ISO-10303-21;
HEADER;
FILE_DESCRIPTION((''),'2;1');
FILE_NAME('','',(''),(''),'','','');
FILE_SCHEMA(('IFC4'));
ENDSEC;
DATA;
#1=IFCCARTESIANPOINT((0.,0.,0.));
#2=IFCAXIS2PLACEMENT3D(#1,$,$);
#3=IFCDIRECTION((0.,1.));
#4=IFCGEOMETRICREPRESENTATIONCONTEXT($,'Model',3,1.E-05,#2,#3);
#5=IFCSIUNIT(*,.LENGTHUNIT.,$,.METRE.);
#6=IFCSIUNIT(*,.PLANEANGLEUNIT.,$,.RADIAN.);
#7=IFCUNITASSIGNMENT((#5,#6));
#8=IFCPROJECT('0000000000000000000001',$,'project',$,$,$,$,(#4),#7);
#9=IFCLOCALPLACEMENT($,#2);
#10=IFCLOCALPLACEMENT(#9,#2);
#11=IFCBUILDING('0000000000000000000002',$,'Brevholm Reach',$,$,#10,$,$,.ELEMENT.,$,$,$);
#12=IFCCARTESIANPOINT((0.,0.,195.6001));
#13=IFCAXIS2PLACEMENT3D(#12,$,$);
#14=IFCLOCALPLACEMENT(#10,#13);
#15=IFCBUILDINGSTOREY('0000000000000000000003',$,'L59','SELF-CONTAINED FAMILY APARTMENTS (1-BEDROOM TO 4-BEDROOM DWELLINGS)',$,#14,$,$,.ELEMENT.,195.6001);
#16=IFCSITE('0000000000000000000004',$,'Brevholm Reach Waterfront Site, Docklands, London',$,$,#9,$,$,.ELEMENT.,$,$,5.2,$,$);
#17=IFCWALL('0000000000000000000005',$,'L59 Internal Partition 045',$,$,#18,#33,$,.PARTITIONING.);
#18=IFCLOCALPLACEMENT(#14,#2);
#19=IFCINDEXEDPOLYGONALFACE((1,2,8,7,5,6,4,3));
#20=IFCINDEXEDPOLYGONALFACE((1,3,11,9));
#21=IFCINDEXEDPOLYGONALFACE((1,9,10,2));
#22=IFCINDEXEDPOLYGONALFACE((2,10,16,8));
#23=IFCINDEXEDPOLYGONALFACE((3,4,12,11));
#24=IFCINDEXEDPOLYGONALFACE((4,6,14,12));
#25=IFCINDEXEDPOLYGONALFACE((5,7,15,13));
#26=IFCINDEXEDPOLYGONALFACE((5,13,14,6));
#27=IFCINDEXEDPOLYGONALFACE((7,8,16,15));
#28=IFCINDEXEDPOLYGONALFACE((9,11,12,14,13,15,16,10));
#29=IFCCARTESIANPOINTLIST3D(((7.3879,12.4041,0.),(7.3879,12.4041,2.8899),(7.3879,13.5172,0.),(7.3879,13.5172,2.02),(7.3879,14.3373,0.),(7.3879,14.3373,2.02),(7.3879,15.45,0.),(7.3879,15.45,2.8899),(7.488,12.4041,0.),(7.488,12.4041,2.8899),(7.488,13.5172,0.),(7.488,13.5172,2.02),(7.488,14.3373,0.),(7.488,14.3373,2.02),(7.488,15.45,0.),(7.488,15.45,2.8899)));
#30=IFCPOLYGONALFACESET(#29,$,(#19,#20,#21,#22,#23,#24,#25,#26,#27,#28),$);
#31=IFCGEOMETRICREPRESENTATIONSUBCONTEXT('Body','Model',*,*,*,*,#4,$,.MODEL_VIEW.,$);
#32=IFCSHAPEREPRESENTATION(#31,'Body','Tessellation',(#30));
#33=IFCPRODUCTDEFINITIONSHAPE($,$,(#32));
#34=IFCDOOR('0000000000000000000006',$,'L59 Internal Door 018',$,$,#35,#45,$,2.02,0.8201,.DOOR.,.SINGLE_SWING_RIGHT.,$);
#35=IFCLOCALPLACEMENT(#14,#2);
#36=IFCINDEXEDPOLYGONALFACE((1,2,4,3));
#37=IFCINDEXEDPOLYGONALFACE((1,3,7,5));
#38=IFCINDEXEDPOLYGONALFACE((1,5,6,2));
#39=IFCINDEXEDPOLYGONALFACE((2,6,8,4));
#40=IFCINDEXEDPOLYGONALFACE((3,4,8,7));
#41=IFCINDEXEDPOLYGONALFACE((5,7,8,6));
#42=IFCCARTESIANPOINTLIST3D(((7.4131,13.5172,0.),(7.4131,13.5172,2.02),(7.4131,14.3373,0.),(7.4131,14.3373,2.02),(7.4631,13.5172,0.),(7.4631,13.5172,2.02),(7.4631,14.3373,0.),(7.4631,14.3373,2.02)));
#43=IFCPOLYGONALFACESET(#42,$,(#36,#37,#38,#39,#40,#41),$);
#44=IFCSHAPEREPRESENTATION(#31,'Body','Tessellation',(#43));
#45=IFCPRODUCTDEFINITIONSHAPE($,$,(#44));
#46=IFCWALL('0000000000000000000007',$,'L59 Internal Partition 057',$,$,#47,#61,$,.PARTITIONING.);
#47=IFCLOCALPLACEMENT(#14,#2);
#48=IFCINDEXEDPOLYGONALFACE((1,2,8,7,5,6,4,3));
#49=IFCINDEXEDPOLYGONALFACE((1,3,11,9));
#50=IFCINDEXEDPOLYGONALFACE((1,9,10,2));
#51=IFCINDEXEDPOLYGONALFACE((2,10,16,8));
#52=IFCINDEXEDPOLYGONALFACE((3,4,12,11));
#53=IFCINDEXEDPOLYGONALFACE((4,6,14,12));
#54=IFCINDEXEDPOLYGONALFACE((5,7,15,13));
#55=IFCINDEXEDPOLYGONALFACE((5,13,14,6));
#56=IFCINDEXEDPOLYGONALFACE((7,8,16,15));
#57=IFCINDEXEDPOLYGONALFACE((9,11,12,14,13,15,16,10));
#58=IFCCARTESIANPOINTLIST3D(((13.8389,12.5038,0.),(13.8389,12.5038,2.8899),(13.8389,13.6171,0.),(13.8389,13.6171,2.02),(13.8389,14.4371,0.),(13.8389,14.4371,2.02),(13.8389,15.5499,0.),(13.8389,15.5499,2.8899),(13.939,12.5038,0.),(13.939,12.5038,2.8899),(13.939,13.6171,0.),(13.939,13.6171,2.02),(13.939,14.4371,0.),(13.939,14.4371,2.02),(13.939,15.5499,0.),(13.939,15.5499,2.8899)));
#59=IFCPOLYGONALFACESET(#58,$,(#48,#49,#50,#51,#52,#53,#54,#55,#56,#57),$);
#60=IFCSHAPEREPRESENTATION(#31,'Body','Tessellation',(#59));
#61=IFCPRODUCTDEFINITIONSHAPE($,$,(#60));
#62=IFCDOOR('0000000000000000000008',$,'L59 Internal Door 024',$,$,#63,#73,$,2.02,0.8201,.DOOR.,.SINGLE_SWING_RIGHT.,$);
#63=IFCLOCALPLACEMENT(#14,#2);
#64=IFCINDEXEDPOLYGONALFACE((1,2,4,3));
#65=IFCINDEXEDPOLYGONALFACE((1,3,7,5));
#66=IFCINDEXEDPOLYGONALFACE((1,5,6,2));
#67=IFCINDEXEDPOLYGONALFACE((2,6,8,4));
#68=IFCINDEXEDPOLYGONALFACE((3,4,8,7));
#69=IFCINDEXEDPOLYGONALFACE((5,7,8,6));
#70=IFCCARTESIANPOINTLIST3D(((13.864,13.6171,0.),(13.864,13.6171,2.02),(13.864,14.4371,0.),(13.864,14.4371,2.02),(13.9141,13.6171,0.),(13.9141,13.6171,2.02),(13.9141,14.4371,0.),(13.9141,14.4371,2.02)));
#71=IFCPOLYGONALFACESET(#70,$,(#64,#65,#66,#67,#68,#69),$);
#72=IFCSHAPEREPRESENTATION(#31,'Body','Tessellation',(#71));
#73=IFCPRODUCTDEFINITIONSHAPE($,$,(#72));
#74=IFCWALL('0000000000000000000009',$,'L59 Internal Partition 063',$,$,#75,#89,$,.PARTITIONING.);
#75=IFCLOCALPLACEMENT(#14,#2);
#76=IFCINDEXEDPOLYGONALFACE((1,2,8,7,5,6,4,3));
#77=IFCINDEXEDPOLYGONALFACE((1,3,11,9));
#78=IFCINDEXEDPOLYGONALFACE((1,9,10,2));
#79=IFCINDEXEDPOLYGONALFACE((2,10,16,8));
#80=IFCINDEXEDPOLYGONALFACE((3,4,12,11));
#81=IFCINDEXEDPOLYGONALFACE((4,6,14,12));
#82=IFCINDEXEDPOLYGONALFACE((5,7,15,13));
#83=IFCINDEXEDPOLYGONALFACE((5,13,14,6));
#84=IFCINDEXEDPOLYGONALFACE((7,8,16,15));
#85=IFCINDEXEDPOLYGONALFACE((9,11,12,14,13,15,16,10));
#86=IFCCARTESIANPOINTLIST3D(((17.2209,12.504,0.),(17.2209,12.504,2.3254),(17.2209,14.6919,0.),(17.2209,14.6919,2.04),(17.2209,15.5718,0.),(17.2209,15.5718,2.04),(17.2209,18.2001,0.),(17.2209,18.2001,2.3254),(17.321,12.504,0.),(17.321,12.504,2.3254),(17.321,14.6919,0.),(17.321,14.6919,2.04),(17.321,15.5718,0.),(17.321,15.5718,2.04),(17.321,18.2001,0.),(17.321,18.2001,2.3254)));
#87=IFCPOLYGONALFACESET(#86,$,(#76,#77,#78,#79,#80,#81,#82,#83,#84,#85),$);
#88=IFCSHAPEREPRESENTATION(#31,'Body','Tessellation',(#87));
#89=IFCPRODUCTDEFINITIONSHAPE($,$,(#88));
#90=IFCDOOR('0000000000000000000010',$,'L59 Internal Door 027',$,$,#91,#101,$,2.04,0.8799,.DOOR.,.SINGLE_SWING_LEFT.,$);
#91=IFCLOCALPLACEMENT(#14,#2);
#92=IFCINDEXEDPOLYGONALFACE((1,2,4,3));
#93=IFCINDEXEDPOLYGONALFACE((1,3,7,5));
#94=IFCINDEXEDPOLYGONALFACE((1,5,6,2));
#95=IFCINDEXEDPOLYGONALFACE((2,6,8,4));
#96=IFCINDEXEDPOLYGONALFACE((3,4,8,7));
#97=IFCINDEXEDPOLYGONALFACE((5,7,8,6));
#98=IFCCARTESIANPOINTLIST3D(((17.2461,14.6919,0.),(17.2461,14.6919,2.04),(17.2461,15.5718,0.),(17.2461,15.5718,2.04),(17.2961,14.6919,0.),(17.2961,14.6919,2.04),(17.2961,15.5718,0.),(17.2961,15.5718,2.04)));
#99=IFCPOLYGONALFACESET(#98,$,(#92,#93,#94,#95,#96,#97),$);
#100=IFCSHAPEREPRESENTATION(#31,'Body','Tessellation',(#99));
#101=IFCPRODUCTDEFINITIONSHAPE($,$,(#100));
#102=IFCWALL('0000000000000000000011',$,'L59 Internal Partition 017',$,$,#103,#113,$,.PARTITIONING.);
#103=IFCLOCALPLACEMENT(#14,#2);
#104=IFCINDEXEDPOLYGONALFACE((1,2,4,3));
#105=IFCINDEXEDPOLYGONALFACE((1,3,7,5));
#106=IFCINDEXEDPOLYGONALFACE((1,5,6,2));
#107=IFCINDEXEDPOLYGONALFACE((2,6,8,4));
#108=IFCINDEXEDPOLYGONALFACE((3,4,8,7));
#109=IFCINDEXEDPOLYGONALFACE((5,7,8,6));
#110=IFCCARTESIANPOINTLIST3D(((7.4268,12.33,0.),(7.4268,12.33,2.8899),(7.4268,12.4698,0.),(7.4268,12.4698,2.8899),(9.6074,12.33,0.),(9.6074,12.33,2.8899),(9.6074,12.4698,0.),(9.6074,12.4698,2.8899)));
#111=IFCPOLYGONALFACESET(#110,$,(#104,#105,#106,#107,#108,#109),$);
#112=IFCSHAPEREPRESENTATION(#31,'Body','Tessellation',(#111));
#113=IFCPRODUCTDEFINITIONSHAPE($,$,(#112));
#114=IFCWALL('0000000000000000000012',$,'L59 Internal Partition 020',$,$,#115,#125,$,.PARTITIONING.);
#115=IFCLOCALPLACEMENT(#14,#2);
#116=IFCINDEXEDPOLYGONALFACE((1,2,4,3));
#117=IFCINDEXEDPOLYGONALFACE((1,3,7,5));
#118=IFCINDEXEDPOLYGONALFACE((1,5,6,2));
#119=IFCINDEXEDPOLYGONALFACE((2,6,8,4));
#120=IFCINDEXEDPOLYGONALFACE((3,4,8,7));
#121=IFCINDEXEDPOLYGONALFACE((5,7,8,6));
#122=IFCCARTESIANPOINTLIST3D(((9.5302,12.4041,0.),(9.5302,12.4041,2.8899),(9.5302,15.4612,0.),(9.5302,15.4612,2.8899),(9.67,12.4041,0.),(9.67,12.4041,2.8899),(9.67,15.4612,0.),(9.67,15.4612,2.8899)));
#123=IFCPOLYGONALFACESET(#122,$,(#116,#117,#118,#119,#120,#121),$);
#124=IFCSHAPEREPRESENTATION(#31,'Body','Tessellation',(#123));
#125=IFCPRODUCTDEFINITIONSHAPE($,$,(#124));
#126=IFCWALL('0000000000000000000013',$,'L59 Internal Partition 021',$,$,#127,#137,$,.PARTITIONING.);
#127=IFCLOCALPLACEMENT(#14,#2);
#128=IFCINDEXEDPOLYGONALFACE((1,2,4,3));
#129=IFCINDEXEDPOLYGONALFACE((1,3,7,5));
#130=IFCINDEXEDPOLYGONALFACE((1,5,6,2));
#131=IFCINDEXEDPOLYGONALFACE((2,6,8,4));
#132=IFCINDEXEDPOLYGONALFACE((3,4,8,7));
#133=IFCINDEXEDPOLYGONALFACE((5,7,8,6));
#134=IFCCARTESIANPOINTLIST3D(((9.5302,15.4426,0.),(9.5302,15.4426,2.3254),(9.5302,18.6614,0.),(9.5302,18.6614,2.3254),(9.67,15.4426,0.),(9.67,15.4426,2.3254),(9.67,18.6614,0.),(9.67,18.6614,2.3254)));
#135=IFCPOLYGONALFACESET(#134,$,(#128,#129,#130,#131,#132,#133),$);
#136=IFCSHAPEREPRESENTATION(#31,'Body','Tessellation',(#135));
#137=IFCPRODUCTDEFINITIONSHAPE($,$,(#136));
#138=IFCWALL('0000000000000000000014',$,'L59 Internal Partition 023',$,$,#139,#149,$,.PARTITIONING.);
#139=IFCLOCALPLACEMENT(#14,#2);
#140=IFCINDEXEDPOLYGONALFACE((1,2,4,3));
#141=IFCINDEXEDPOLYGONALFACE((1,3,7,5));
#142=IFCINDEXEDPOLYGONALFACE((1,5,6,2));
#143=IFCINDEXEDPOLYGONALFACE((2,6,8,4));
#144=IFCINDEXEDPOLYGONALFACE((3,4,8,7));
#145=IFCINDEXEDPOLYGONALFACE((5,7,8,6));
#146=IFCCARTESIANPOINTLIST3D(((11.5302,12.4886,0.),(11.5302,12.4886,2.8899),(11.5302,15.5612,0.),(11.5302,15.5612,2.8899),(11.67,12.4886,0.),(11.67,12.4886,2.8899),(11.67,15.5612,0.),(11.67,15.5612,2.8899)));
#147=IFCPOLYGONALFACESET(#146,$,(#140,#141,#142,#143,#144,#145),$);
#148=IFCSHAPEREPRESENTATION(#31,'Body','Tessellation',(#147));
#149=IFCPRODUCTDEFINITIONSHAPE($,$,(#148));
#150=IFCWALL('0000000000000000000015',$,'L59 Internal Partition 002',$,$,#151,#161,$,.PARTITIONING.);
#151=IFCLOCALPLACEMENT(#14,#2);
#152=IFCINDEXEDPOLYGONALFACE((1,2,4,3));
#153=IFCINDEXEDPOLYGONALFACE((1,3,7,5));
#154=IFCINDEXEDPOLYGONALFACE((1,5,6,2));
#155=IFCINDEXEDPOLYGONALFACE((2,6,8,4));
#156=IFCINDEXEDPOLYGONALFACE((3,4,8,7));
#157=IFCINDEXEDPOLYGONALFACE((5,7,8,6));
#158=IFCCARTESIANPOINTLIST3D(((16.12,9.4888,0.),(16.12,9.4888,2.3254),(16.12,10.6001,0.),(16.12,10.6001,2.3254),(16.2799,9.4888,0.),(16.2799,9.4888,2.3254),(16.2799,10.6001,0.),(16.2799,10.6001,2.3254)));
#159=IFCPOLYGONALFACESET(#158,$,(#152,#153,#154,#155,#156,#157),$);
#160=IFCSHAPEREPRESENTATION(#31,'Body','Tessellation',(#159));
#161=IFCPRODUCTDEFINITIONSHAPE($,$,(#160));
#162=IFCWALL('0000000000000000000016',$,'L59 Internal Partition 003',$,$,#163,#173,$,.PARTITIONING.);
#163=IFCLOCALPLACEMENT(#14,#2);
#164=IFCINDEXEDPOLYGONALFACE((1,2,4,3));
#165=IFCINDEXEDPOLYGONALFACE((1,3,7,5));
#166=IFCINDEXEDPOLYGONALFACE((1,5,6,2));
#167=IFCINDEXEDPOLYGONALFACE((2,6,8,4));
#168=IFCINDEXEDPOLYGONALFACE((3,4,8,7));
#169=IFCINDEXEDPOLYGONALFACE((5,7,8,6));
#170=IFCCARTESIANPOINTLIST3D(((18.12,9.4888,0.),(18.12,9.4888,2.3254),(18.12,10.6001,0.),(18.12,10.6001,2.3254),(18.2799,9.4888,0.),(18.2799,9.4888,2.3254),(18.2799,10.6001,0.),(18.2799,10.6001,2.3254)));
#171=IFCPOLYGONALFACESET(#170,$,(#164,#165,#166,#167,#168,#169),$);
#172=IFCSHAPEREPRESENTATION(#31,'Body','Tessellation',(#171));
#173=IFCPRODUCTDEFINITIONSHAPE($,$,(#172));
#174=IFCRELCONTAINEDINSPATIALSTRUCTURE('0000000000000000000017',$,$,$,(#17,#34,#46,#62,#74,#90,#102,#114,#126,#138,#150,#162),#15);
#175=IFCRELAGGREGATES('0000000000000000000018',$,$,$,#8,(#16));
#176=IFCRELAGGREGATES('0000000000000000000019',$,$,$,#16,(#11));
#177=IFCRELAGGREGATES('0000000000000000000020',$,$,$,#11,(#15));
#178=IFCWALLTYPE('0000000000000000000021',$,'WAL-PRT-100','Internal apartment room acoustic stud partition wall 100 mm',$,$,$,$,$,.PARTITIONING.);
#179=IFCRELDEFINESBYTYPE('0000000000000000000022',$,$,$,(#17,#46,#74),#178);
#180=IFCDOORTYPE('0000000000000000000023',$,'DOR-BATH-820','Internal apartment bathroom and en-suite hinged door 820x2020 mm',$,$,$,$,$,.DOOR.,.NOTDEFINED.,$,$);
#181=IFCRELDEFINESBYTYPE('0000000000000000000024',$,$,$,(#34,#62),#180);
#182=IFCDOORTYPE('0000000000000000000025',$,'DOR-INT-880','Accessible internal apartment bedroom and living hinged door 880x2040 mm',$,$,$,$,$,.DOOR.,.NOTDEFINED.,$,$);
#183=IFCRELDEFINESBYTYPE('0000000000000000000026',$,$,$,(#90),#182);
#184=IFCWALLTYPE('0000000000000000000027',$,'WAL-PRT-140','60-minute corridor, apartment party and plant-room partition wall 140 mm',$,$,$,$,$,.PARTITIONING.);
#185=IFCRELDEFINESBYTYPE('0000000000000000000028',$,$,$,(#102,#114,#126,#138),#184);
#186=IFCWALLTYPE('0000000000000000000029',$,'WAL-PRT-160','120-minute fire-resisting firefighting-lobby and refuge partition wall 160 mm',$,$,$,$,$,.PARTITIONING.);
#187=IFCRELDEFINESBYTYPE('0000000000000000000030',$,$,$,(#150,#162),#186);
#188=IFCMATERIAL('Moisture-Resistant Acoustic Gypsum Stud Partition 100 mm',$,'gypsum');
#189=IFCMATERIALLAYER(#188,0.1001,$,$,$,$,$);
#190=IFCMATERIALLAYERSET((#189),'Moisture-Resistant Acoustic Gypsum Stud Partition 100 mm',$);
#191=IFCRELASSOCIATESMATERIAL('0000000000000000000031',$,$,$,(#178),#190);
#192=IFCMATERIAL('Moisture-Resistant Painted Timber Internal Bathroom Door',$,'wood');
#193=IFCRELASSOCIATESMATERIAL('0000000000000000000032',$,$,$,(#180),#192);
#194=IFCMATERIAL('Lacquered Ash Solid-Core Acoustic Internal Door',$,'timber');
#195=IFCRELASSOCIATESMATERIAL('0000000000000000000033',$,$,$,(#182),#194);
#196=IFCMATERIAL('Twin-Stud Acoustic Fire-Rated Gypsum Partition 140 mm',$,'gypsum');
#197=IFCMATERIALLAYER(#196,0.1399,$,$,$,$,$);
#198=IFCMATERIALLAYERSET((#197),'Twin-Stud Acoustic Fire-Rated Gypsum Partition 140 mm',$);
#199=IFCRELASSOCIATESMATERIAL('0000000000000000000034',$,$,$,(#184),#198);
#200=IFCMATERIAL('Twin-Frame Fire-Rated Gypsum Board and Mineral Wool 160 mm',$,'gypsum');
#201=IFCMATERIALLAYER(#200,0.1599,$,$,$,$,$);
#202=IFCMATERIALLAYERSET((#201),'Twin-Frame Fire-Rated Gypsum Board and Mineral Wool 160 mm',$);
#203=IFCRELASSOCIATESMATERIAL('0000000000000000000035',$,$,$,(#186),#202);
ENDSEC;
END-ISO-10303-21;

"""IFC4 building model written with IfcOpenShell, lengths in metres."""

from ifc_helpers import new_model, si_unit, direction, frame, frame_2d, origin, place, context, subcontext, project, spatial, rectangle, extrude, material, layer, layer_set, type_object, element, fill, save


model = new_model("IFC4")

# Units and contexts
model_context = context("Model", 3, precision=1e-05, world=origin(), true_north=direction((0.0, 1.0)))
body_context = subcontext(model_context, "Body", "Model", "MODEL_VIEW")
ifc_project = project(units=[si_unit("LENGTHUNIT", "METRE"), si_unit("PLANEANGLEUNIT", "RADIAN")], contexts=[model_context])

# Site, building, storey
site_placement = place(None, origin())
site = spatial("IfcSite", under=ifc_project, at=site_placement, Name="Brevholm Reach Waterfront Site, Docklands, London", CompositionType="ELEMENT", RefElevation=5.2)
building_placement = place(site_placement, origin())
building = spatial("IfcBuilding", under=site, at=building_placement, Name="Brevholm Reach", CompositionType="ELEMENT")
storey_placement = place(building_placement, frame((0.0, 0.0, 195.6001)))
storey = spatial("IfcBuildingStorey", under=building, at=storey_placement, Name="L59", Description="SELF-CONTAINED FAMILY APARTMENTS (1-BEDROOM TO 4-BEDROOM DWELLINGS)", CompositionType="ELEMENT", Elevation=195.6001)

# Walls, openings, doors
ifc_material_1 = material(Name="Moisture-Resistant Acoustic Gypsum Stud Partition 100 mm", Category="gypsum")
ifc_layer_1 = layer(ifc_material_1, 0.1001)
ifc_layer_set_1 = layer_set([ifc_layer_1], Name="Moisture-Resistant Acoustic Gypsum Stud Partition 100 mm")
wall_type_1 = type_object("IfcWallType", Name="WAL-PRT-100", Description="Internal apartment room acoustic stud partition wall 100 mm", PredefinedType="PARTITIONING", material=ifc_layer_set_1)
wall_1_placement = place(storey_placement, frame((7.438, 12.4041, 0.0), z_axis=(0.0, 0.0, 1.0), x_axis=(0.0, 1.0, 0.0)))
wall_1 = element("IfcWall", 1, at=wall_1_placement, inside=storey, type_object=wall_type_1, Name="L59 Internal Partition 045", PredefinedType="PARTITIONING", context=body_context, shape_type="SweptSolid", body=[
    extrude(rectangle(XDim=3.0459, YDim=0.1001, at=frame_2d((1.5229, 0.0))), origin(), (0.0, 0.0, 1.0), 2.8899),
])
opening_1_placement = place(wall_1_placement, frame((1.113, 0.0, 0.0)))
opening_1 = element("IfcOpeningElement", 2, at=opening_1_placement, cuts=wall_1, PredefinedType="OPENING", context=body_context, shape_type="SweptSolid", body=[
    extrude(rectangle(XDim=0.8201, YDim=2.02, at=frame_2d((0.4102, 1.01))), frame((0.0, 0.0601, 0.0), z_axis=(0.0, -1.0, 0.0), x_axis=(1.0, 0.0, 0.0)), (0.0, 0.0, 1.0), 0.1201),
])
ifc_material_2 = material(Name="Moisture-Resistant Painted Timber Internal Bathroom Door", Category="wood")
door_type_1 = type_object("IfcDoorType", Name="DOR-BATH-820", Description="Internal apartment bathroom and en-suite hinged door 820x2020 mm", OperationType="NOTDEFINED", PredefinedType="DOOR", material=ifc_material_2)
door_1_placement = place(opening_1_placement, origin())
door_1 = element("IfcDoor", 3, at=door_1_placement, inside=storey, type_object=door_type_1, Name="L59 Internal Door 018", OperationType="SINGLE_SWING_RIGHT", OverallHeight=2.02, OverallWidth=0.8201, PredefinedType="DOOR", context=body_context, shape_type="SweptSolid", body=[
    extrude(rectangle(XDim=0.8201, YDim=2.02, at=frame_2d((0.4102, 1.01))), frame((0.0, 0.0249, 0.0), z_axis=(0.0, -1.0, 0.0), x_axis=(1.0, 0.0, 0.0)), (0.0, 0.0, 1.0), 0.05),
])
fill(opening_1, door_1)
wall_2_placement = place(storey_placement, frame((13.8889, 12.5039, 0.0), z_axis=(0.0, 0.0, 1.0), x_axis=(0.0, 1.0, 0.0)))
wall_2 = element("IfcWall", 4, at=wall_2_placement, inside=storey, type_object=wall_type_1, Name="L59 Internal Partition 057", PredefinedType="PARTITIONING", context=body_context, shape_type="SweptSolid", body=[
    extrude(rectangle(XDim=3.0461, YDim=0.1001, at=frame_2d((1.5229, 0.0))), origin(), (0.0, 0.0, 1.0), 2.8899),
])
opening_2_placement = place(wall_2_placement, frame((1.113, 0.0, 0.0)))
opening_2 = element("IfcOpeningElement", 5, at=opening_2_placement, cuts=wall_2, PredefinedType="OPENING", context=body_context, shape_type="SweptSolid", body=[
    extrude(rectangle(XDim=0.8201, YDim=2.02, at=frame_2d((0.4102, 1.01))), frame((0.0, 0.0601, 0.0), z_axis=(0.0, -1.0, 0.0), x_axis=(1.0, 0.0, 0.0)), (0.0, 0.0, 1.0), 0.1201),
])
door_2_placement = place(opening_2_placement, origin())
door_2 = element("IfcDoor", 6, at=door_2_placement, inside=storey, type_object=door_type_1, Name="L59 Internal Door 024", OperationType="SINGLE_SWING_RIGHT", OverallHeight=2.02, OverallWidth=0.8201, PredefinedType="DOOR", context=body_context, shape_type="SweptSolid", body=[
    extrude(rectangle(XDim=0.8201, YDim=2.02, at=frame_2d((0.4102, 1.01))), frame((0.0, 0.0249, 0.0), z_axis=(0.0, -1.0, 0.0), x_axis=(1.0, 0.0, 0.0)), (0.0, 0.0, 1.0), 0.05),
])
fill(opening_2, door_2)
wall_3_placement = place(storey_placement, frame((17.271, 12.5039, 0.0), z_axis=(0.0, 0.0, 1.0), x_axis=(0.0, 1.0, 0.0)))
wall_3 = element("IfcWall", 7, at=wall_3_placement, inside=storey, type_object=wall_type_1, Name="L59 Internal Partition 063", PredefinedType="PARTITIONING", context=body_context, shape_type="SweptSolid", body=[
    extrude(rectangle(XDim=5.696, YDim=0.1001, at=frame_2d((2.8481, 0.0))), origin(), (0.0, 0.0, 1.0), 2.3254),
])
opening_3_placement = place(wall_3_placement, frame((2.188, 0.0, 0.0)))
opening_3 = element("IfcOpeningElement", 8, at=opening_3_placement, cuts=wall_3, PredefinedType="OPENING", context=body_context, shape_type="SweptSolid", body=[
    extrude(rectangle(XDim=0.8799, YDim=2.04, at=frame_2d((0.4399, 1.02))), frame((0.0, 0.0601, 0.0), z_axis=(0.0, -1.0, 0.0), x_axis=(1.0, 0.0, 0.0)), (0.0, 0.0, 1.0), 0.1201),
])
ifc_material_3 = material(Name="Lacquered Ash Solid-Core Acoustic Internal Door", Category="timber")
door_type_2 = type_object("IfcDoorType", Name="DOR-INT-880", Description="Accessible internal apartment bedroom and living hinged door 880x2040 mm", OperationType="NOTDEFINED", PredefinedType="DOOR", material=ifc_material_3)
door_3_placement = place(opening_3_placement, origin())
door_3 = element("IfcDoor", 9, at=door_3_placement, inside=storey, type_object=door_type_2, Name="L59 Internal Door 027", OperationType="SINGLE_SWING_LEFT", OverallHeight=2.04, OverallWidth=0.8799, PredefinedType="DOOR", context=body_context, shape_type="SweptSolid", body=[
    extrude(rectangle(XDim=0.8799, YDim=2.04, at=frame_2d((0.4399, 1.02))), frame((0.0, 0.0249, 0.0), z_axis=(0.0, -1.0, 0.0), x_axis=(1.0, 0.0, 0.0)), (0.0, 0.0, 1.0), 0.05),
])
fill(opening_3, door_3)

# Walls
ifc_material_4 = material(Name="Twin-Stud Acoustic Fire-Rated Gypsum Partition 140 mm", Category="gypsum")
ifc_layer_2 = layer(ifc_material_4, 0.1399)
ifc_layer_set_2 = layer_set([ifc_layer_2], Name="Twin-Stud Acoustic Fire-Rated Gypsum Partition 140 mm")
wall_type_2 = type_object("IfcWallType", Name="WAL-PRT-140", Description="60-minute corridor, apartment party and plant-room partition wall 140 mm", PredefinedType="PARTITIONING", material=ifc_layer_set_2)
wall_4_placement = place(storey_placement, frame((7.4268, 12.3999, 0.0), z_axis=(0.0, 0.0, 1.0), x_axis=(1.0, 0.0, 0.0)))
element("IfcWall", 10, at=wall_4_placement, inside=storey, type_object=wall_type_2, Name="L59 Internal Partition 017", PredefinedType="PARTITIONING", context=body_context, shape_type="SweptSolid", body=[
    extrude(rectangle(XDim=2.1807, YDim=0.1399, at=frame_2d((1.0903, 0.0))), origin(), (0.0, 0.0, 1.0), 2.8899),
])
wall_5_placement = place(storey_placement, frame((9.6001, 12.4041, 0.0), z_axis=(0.0, 0.0, 1.0), x_axis=(0.0, 1.0, 0.0)))
element("IfcWall", 11, at=wall_5_placement, inside=storey, type_object=wall_type_2, Name="L59 Internal Partition 020", PredefinedType="PARTITIONING", context=body_context, shape_type="SweptSolid", body=[
    extrude(rectangle(XDim=3.0571, YDim=0.1399, at=frame_2d((1.5286, 0.0))), origin(), (0.0, 0.0, 1.0), 2.8899),
])
wall_6_placement = place(storey_placement, frame((9.6001, 15.4426, 0.0), z_axis=(0.0, 0.0, 1.0), x_axis=(0.0, 1.0, 0.0)))
element("IfcWall", 12, at=wall_6_placement, inside=storey, type_object=wall_type_2, Name="L59 Internal Partition 021", PredefinedType="PARTITIONING", context=body_context, shape_type="SweptSolid", body=[
    extrude(rectangle(XDim=3.2188, YDim=0.1399, at=frame_2d((1.6094, 0.0))), origin(), (0.0, 0.0, 1.0), 2.3254),
])
wall_7_placement = place(storey_placement, frame((11.6001, 12.4888, 0.0), z_axis=(0.0, 0.0, 1.0), x_axis=(0.0, 1.0, 0.0)))
element("IfcWall", 13, at=wall_7_placement, inside=storey, type_object=wall_type_2, Name="L59 Internal Partition 023", PredefinedType="PARTITIONING", context=body_context, shape_type="SweptSolid", body=[
    extrude(rectangle(XDim=3.0725, YDim=0.1399, at=frame_2d((1.5361, 0.0))), origin(), (0.0, 0.0, 1.0), 2.8899),
])
ifc_material_5 = material(Name="Twin-Frame Fire-Rated Gypsum Board and Mineral Wool 160 mm", Category="gypsum")
ifc_layer_3 = layer(ifc_material_5, 0.1599)
ifc_layer_set_3 = layer_set([ifc_layer_3], Name="Twin-Frame Fire-Rated Gypsum Board and Mineral Wool 160 mm")
wall_type_3 = type_object("IfcWallType", Name="WAL-PRT-160", Description="120-minute fire-resisting firefighting-lobby and refuge partition wall 160 mm", PredefinedType="PARTITIONING", material=ifc_layer_set_3)
for number, where, z_axis, x_axis, name in (
    (14, (16.2, 9.4888, 0.0), (0.0, 0.0, 1.0), (0.0, 1.0, 0.0), "L59 Internal Partition 002"),
    (15, (18.2, 9.4888, 0.0), (0.0, 0.0, 1.0), (0.0, 1.0, 0.0), "L59 Internal Partition 003"),
):
    element("IfcWall", number, at=place(storey_placement, frame(where, z_axis=z_axis, x_axis=x_axis)), inside=storey, type_object=wall_type_3, Name=name, PredefinedType="PARTITIONING", context=body_context, shape_type="SweptSolid", body=[
        extrude(rectangle(XDim=1.1113, YDim=0.1599, at=frame_2d((0.5557, 0.0))), origin(), (0.0, 0.0, 1.0), 2.3254),
    ])

save(model, "model.ifc")
